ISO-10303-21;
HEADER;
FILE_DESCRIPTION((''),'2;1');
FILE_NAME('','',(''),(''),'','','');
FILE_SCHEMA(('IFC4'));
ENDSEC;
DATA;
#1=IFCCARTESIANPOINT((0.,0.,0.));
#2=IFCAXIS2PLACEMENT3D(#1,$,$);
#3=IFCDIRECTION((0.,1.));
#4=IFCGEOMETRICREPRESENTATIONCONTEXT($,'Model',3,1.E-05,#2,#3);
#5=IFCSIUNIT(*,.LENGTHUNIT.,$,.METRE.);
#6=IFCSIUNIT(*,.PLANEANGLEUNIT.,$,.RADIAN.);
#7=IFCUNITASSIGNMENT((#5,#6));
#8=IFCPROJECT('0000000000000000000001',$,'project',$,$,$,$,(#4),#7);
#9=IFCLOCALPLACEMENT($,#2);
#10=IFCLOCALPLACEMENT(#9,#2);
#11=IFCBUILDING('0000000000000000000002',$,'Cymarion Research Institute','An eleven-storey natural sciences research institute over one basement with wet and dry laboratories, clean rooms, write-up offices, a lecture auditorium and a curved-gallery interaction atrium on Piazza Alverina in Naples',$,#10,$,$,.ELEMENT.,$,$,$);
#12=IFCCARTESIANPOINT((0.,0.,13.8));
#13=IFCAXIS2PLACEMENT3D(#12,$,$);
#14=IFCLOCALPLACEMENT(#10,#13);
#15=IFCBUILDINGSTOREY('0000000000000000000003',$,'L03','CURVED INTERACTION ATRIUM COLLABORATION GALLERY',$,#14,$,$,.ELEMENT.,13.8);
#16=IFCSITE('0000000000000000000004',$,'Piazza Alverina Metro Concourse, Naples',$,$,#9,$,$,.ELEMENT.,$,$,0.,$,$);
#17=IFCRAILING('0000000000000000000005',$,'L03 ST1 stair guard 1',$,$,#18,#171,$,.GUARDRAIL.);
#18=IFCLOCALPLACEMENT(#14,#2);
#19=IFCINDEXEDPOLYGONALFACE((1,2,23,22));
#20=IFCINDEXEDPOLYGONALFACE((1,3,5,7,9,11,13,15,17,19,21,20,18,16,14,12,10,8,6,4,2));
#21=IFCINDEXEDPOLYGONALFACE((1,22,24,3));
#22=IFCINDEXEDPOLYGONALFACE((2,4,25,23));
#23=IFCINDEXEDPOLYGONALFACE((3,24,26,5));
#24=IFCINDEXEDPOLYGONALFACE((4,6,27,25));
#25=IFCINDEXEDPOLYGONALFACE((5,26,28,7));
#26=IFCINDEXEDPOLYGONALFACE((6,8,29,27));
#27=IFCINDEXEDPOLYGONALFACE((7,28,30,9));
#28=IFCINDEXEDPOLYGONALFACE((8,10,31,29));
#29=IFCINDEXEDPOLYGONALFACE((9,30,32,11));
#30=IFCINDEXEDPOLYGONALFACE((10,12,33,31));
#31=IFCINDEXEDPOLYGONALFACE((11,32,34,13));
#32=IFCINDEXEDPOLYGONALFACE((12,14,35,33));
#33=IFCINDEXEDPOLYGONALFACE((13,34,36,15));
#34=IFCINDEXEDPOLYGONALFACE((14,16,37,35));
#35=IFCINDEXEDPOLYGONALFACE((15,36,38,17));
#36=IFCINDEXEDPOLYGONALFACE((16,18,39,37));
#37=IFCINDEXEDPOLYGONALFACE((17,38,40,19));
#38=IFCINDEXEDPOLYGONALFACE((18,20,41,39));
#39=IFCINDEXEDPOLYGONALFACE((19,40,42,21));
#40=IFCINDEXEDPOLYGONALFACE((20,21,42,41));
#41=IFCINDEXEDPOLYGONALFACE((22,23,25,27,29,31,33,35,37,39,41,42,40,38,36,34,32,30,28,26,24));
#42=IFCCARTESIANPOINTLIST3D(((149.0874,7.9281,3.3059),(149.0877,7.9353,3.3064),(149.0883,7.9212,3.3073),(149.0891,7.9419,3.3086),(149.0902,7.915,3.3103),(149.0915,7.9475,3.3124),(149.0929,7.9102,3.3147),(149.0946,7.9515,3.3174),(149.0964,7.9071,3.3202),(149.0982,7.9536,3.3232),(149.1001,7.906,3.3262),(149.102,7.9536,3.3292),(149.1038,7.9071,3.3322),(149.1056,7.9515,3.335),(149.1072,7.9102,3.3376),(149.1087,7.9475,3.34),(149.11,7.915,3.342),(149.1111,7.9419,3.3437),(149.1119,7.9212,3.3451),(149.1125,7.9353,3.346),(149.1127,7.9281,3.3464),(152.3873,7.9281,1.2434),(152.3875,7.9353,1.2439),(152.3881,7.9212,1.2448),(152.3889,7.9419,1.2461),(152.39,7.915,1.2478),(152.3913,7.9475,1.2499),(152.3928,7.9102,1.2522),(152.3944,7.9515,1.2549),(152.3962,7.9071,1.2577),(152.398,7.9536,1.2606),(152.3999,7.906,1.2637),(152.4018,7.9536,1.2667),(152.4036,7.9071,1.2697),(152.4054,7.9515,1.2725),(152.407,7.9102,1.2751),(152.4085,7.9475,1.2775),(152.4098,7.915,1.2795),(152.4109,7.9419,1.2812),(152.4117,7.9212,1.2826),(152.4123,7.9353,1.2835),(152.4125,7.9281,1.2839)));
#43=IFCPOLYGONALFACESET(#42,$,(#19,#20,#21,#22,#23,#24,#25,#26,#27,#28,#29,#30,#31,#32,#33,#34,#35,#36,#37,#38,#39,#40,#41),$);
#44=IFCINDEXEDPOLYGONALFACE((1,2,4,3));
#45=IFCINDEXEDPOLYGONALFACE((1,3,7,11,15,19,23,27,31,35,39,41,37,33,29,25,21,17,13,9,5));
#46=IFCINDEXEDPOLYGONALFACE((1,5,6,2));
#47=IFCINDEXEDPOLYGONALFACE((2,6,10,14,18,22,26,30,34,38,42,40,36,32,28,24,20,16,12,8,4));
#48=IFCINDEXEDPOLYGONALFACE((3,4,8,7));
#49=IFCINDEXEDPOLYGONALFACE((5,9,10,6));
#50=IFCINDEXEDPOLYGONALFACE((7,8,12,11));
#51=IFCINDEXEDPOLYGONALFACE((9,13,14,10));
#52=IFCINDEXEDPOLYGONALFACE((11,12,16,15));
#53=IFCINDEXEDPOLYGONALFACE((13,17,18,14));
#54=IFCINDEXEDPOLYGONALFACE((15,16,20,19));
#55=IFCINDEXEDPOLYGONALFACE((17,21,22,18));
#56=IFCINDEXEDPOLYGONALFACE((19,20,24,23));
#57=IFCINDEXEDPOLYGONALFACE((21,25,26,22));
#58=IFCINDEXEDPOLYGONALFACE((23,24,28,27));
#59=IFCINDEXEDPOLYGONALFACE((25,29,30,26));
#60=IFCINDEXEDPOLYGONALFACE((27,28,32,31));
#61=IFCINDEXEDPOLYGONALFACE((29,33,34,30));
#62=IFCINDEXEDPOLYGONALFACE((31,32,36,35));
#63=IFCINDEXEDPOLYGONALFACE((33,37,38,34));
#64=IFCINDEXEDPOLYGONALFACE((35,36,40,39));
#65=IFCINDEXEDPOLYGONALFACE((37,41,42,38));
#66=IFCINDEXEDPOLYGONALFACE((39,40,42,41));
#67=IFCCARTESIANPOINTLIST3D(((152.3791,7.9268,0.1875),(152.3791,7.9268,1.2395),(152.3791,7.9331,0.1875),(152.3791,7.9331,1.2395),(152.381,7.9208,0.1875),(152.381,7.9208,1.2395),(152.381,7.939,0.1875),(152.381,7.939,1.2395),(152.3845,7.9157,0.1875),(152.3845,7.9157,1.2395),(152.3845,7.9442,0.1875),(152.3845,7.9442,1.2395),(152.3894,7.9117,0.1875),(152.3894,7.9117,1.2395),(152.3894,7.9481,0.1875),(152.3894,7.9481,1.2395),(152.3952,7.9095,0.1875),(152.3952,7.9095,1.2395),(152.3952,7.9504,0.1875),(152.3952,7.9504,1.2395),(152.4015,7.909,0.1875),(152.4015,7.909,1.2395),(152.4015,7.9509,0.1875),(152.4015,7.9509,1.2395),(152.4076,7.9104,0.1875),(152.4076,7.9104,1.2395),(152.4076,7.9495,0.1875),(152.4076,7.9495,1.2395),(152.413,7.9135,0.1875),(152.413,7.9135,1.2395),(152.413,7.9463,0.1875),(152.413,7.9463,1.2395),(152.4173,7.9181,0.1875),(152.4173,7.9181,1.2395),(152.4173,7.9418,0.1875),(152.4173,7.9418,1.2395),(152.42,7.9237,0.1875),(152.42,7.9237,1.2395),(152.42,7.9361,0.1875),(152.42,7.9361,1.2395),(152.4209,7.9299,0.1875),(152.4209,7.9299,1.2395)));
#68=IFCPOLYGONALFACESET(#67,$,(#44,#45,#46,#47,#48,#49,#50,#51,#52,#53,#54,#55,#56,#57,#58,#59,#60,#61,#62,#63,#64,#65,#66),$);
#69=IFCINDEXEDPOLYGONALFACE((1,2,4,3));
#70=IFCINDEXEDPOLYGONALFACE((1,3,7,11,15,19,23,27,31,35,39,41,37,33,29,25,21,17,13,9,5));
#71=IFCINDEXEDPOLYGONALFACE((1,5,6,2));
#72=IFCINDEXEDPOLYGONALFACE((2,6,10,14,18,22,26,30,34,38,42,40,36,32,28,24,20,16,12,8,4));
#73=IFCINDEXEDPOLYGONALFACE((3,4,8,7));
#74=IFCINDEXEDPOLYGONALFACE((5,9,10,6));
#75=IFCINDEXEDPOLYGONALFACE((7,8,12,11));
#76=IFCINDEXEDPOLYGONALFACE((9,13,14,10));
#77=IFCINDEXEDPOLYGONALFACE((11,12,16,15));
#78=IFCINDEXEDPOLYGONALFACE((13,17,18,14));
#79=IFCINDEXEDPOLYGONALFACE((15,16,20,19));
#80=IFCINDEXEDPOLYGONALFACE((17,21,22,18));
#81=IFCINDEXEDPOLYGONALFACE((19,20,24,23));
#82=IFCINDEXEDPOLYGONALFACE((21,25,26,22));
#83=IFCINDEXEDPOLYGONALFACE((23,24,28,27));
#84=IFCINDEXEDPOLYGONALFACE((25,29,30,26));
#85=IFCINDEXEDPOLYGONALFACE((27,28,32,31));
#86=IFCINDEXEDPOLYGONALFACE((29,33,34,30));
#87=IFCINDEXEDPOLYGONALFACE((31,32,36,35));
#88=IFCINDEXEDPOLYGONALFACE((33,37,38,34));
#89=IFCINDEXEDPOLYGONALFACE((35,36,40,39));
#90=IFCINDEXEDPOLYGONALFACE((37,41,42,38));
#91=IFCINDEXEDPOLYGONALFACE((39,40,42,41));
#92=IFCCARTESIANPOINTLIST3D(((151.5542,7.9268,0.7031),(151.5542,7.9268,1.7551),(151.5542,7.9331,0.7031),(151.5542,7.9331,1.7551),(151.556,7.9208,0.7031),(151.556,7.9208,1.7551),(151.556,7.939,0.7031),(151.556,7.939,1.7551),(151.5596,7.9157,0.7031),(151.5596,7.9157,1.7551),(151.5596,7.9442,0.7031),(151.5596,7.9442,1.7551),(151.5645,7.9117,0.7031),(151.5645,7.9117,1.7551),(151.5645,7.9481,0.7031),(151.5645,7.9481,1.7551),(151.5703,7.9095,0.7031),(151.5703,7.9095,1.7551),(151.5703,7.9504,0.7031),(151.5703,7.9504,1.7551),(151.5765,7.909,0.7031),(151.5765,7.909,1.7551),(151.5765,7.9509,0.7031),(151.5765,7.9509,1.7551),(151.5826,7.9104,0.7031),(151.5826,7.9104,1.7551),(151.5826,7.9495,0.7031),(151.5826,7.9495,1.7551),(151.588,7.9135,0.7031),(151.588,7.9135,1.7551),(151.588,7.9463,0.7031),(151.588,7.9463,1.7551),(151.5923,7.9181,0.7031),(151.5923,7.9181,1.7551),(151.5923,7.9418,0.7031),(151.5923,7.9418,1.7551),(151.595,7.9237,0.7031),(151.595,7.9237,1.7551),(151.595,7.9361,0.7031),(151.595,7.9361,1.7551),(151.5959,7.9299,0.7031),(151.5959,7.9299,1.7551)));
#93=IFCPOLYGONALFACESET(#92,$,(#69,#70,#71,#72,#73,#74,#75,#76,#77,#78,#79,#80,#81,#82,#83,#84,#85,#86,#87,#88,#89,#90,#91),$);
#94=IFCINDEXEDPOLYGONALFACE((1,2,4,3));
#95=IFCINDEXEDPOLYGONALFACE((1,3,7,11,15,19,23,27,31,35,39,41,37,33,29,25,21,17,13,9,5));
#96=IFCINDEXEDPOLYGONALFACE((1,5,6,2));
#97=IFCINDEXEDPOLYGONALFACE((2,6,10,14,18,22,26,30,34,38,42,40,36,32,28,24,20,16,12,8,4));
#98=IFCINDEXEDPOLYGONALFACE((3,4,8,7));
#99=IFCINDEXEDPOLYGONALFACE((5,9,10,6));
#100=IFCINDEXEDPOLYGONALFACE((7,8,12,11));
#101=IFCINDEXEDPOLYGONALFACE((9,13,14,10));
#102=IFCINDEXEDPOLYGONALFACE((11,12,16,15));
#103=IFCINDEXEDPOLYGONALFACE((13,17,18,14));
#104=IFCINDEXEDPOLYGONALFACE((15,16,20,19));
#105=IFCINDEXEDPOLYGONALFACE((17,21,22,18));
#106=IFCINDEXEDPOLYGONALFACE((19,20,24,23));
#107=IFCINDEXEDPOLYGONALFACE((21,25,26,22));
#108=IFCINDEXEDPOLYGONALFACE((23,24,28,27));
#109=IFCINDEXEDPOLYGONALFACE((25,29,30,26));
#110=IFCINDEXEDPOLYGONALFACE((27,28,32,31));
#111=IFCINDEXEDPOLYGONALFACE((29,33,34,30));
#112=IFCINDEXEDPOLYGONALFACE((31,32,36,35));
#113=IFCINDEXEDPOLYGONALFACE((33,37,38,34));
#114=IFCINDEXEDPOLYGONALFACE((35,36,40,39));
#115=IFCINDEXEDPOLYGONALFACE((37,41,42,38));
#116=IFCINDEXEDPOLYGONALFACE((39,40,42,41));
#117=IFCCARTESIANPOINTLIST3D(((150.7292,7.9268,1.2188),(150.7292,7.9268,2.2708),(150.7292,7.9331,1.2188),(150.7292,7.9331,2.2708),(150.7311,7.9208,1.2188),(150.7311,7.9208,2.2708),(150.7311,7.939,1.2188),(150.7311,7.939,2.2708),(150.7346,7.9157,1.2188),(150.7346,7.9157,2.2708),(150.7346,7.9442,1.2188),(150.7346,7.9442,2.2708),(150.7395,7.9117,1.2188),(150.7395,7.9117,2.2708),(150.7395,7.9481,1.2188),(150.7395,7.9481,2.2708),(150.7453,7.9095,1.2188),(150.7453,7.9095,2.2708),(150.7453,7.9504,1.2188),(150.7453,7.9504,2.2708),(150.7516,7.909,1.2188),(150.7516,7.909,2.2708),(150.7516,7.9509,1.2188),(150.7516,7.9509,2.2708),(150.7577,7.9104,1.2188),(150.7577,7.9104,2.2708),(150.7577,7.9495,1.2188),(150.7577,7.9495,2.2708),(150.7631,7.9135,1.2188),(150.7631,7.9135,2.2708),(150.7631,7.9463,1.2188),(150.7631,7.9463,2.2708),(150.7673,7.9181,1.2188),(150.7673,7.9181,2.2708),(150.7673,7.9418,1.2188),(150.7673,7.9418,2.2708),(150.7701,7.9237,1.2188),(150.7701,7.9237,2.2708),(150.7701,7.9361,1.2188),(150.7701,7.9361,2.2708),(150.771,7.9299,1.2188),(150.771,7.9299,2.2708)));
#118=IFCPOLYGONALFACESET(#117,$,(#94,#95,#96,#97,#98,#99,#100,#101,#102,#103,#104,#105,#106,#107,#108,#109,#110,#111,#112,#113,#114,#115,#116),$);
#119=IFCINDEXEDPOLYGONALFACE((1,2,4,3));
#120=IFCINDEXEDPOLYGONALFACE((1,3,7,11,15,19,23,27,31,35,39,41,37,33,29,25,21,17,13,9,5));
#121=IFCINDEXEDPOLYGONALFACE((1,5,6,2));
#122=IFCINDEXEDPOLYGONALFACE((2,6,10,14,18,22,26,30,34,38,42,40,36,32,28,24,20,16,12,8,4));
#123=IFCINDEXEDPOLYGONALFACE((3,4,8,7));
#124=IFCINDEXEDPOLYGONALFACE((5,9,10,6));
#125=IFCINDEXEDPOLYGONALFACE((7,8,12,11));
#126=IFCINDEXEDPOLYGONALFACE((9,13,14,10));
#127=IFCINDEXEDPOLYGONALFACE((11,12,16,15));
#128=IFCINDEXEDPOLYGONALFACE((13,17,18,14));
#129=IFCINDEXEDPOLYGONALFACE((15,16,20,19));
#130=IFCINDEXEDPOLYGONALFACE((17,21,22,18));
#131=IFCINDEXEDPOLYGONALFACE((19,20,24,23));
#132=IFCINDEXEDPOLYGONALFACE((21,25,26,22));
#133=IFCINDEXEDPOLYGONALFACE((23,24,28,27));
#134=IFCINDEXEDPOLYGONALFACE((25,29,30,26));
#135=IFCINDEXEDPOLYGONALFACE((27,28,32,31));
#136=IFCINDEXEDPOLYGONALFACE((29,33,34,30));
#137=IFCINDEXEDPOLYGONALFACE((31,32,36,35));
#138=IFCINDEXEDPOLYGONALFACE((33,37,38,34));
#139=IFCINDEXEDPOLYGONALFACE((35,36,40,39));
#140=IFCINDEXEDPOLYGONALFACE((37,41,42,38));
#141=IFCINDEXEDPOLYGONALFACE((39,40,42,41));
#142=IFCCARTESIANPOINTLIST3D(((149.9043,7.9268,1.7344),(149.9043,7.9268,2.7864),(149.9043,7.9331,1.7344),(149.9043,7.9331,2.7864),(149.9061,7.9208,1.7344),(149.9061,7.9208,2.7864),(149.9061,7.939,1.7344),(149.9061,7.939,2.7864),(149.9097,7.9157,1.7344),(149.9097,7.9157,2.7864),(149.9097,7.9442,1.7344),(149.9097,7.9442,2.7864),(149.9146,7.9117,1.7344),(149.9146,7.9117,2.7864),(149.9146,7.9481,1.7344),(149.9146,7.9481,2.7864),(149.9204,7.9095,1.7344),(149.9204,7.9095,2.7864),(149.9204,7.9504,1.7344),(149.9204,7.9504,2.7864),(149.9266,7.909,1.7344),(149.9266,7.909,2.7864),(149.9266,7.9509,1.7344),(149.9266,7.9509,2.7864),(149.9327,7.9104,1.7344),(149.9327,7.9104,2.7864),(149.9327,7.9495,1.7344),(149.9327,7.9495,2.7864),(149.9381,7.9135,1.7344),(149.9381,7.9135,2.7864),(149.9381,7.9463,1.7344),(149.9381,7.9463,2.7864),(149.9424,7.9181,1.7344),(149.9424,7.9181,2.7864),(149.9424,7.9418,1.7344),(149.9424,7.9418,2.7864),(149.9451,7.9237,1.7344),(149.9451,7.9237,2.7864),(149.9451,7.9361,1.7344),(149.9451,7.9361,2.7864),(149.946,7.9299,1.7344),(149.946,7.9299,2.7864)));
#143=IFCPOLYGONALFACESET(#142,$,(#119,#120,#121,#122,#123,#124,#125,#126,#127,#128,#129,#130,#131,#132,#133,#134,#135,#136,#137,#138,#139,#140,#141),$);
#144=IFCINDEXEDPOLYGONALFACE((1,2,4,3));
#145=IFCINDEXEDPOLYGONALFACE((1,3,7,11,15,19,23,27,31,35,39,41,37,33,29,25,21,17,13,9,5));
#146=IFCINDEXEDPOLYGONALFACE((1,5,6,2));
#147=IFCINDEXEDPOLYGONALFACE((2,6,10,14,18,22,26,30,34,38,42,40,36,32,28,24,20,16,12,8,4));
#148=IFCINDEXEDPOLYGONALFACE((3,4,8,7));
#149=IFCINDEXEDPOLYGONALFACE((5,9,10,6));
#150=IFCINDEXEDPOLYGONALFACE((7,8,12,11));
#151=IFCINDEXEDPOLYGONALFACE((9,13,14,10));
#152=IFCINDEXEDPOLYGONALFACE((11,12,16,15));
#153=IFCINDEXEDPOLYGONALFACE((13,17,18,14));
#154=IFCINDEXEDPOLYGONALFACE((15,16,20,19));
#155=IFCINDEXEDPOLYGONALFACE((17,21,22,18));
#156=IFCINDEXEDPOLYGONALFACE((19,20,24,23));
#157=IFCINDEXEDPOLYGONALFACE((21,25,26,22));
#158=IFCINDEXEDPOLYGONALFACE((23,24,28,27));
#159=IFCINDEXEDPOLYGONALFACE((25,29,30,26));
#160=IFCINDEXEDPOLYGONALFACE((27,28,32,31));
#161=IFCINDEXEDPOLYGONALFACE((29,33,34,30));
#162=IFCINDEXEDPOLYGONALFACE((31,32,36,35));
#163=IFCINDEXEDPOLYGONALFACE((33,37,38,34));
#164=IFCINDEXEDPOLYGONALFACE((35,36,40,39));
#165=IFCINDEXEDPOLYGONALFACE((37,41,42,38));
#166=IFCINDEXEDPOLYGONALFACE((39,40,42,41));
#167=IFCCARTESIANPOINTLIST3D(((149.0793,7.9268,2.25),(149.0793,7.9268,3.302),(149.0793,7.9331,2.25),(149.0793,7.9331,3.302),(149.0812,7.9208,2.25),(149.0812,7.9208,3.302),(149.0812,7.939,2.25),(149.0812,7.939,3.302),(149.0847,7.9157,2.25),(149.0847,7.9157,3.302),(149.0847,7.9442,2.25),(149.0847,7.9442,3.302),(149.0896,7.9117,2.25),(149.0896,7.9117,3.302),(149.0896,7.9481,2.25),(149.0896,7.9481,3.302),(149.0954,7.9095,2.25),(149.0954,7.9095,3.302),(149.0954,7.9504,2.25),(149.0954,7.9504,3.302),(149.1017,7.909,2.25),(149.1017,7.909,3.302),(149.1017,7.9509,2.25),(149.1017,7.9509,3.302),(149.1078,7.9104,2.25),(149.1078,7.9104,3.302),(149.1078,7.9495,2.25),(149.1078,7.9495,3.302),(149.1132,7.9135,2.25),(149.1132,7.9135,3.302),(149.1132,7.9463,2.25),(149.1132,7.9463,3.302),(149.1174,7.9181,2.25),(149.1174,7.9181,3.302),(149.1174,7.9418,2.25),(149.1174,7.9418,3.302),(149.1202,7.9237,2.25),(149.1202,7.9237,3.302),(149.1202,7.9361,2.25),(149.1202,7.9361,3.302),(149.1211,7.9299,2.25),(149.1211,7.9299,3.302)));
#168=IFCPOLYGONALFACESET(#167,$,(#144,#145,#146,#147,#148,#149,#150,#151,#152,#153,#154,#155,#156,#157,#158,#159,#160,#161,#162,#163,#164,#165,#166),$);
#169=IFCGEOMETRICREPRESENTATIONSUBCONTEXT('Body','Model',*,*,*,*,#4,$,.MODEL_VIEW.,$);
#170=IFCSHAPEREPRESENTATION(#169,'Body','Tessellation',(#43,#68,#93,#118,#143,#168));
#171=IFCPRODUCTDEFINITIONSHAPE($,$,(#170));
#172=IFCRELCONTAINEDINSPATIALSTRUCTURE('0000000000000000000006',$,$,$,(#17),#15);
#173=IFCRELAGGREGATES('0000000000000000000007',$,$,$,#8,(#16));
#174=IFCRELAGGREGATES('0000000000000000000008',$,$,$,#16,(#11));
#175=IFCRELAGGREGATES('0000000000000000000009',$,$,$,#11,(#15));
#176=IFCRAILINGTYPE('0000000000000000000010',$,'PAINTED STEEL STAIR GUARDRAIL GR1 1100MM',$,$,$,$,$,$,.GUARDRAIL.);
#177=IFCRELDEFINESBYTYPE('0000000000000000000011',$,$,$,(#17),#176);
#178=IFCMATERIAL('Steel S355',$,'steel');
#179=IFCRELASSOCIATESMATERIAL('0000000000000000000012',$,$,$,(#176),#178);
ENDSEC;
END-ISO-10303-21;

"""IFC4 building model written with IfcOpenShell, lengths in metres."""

from ifc_helpers import new_model, si_unit, direction, frame, origin, origin_2d, place, context, subcontext, project, spatial, circle, extrude, material, type_object, element, save


model = new_model("IFC4")

# Units and contexts
model_context = context("Model", 3, precision=1e-05, world=origin(), true_north=direction((0.0, 1.0)))
body_context = subcontext(model_context, "Body", "Model", "MODEL_VIEW")
ifc_project = project(units=[si_unit("LENGTHUNIT", "METRE"), si_unit("PLANEANGLEUNIT", "RADIAN")], contexts=[model_context])

# Site, building, storey
site_placement = place(None, origin())
site = spatial("IfcSite", under=ifc_project, at=site_placement, Name="Piazza Alverina Metro Concourse, Naples", CompositionType="ELEMENT", RefElevation=0.0)
building_placement = place(site_placement, origin())
building = spatial("IfcBuilding", under=site, at=building_placement, Name="Cymarion Research Institute", Description="An eleven-storey natural sciences research institute over one basement with wet and dry laboratories, clean rooms, write-up offices, a lecture auditorium and a curved-gallery interaction atrium on Piazza Alverina in Naples", CompositionType="ELEMENT")
storey_placement = place(building_placement, frame((0.0, 0.0, 13.8)))
storey = spatial("IfcBuildingStorey", under=building, at=storey_placement, Name="L03", Description="CURVED INTERACTION ATRIUM COLLABORATION GALLERY", CompositionType="ELEMENT", Elevation=13.8)

# Shared definitions
ifc_material_1 = material(Name="Steel S355", Category="steel")

# Railing
railing_type_1 = type_object("IfcRailingType", Name="PAINTED STEEL STAIR GUARDRAIL GR1 1100MM", PredefinedType="GUARDRAIL", material=ifc_material_1)
railing_1_placement = place(storey_placement, frame((152.3999, 7.9299, 0.1875)))
element("IfcRailing", 1, at=railing_1_placement, inside=storey, type_object=railing_type_1, Name="L03 ST1 stair guard 1", PredefinedType="GUARDRAIL", context=body_context, shape_type="SweptSolid", body=[
    extrude(circle(Radius=0.0239, at=origin_2d()), frame((0.0, 0.0, 1.0762), z_axis=(-0.847984, 0.0, 0.530021), x_axis=(0.0, -1.0, 0.0)), (0.0, 0.0, 1.0), 3.8914),
    extrude(circle(Radius=0.021, at=origin_2d()), origin(), (0.0, 0.0, 1.0), 1.052),
    extrude(circle(Radius=0.021, at=origin_2d()), frame((-0.825, 0.0, 0.5156)), (0.0, 0.0, 1.0), 1.052),
    extrude(circle(Radius=0.021, at=origin_2d()), frame((-1.6499, 0.0, 1.0312)), (0.0, 0.0, 1.0), 1.052),
    extrude(circle(Radius=0.021, at=origin_2d()), frame((-2.4749, 0.0, 1.5469)), (0.0, 0.0, 1.0), 1.052),
    extrude(circle(Radius=0.021, at=origin_2d()), frame((-3.2998, 0.0, 2.0625)), (0.0, 0.0, 1.0), 1.052),
])

save(model, "model.ifc")
